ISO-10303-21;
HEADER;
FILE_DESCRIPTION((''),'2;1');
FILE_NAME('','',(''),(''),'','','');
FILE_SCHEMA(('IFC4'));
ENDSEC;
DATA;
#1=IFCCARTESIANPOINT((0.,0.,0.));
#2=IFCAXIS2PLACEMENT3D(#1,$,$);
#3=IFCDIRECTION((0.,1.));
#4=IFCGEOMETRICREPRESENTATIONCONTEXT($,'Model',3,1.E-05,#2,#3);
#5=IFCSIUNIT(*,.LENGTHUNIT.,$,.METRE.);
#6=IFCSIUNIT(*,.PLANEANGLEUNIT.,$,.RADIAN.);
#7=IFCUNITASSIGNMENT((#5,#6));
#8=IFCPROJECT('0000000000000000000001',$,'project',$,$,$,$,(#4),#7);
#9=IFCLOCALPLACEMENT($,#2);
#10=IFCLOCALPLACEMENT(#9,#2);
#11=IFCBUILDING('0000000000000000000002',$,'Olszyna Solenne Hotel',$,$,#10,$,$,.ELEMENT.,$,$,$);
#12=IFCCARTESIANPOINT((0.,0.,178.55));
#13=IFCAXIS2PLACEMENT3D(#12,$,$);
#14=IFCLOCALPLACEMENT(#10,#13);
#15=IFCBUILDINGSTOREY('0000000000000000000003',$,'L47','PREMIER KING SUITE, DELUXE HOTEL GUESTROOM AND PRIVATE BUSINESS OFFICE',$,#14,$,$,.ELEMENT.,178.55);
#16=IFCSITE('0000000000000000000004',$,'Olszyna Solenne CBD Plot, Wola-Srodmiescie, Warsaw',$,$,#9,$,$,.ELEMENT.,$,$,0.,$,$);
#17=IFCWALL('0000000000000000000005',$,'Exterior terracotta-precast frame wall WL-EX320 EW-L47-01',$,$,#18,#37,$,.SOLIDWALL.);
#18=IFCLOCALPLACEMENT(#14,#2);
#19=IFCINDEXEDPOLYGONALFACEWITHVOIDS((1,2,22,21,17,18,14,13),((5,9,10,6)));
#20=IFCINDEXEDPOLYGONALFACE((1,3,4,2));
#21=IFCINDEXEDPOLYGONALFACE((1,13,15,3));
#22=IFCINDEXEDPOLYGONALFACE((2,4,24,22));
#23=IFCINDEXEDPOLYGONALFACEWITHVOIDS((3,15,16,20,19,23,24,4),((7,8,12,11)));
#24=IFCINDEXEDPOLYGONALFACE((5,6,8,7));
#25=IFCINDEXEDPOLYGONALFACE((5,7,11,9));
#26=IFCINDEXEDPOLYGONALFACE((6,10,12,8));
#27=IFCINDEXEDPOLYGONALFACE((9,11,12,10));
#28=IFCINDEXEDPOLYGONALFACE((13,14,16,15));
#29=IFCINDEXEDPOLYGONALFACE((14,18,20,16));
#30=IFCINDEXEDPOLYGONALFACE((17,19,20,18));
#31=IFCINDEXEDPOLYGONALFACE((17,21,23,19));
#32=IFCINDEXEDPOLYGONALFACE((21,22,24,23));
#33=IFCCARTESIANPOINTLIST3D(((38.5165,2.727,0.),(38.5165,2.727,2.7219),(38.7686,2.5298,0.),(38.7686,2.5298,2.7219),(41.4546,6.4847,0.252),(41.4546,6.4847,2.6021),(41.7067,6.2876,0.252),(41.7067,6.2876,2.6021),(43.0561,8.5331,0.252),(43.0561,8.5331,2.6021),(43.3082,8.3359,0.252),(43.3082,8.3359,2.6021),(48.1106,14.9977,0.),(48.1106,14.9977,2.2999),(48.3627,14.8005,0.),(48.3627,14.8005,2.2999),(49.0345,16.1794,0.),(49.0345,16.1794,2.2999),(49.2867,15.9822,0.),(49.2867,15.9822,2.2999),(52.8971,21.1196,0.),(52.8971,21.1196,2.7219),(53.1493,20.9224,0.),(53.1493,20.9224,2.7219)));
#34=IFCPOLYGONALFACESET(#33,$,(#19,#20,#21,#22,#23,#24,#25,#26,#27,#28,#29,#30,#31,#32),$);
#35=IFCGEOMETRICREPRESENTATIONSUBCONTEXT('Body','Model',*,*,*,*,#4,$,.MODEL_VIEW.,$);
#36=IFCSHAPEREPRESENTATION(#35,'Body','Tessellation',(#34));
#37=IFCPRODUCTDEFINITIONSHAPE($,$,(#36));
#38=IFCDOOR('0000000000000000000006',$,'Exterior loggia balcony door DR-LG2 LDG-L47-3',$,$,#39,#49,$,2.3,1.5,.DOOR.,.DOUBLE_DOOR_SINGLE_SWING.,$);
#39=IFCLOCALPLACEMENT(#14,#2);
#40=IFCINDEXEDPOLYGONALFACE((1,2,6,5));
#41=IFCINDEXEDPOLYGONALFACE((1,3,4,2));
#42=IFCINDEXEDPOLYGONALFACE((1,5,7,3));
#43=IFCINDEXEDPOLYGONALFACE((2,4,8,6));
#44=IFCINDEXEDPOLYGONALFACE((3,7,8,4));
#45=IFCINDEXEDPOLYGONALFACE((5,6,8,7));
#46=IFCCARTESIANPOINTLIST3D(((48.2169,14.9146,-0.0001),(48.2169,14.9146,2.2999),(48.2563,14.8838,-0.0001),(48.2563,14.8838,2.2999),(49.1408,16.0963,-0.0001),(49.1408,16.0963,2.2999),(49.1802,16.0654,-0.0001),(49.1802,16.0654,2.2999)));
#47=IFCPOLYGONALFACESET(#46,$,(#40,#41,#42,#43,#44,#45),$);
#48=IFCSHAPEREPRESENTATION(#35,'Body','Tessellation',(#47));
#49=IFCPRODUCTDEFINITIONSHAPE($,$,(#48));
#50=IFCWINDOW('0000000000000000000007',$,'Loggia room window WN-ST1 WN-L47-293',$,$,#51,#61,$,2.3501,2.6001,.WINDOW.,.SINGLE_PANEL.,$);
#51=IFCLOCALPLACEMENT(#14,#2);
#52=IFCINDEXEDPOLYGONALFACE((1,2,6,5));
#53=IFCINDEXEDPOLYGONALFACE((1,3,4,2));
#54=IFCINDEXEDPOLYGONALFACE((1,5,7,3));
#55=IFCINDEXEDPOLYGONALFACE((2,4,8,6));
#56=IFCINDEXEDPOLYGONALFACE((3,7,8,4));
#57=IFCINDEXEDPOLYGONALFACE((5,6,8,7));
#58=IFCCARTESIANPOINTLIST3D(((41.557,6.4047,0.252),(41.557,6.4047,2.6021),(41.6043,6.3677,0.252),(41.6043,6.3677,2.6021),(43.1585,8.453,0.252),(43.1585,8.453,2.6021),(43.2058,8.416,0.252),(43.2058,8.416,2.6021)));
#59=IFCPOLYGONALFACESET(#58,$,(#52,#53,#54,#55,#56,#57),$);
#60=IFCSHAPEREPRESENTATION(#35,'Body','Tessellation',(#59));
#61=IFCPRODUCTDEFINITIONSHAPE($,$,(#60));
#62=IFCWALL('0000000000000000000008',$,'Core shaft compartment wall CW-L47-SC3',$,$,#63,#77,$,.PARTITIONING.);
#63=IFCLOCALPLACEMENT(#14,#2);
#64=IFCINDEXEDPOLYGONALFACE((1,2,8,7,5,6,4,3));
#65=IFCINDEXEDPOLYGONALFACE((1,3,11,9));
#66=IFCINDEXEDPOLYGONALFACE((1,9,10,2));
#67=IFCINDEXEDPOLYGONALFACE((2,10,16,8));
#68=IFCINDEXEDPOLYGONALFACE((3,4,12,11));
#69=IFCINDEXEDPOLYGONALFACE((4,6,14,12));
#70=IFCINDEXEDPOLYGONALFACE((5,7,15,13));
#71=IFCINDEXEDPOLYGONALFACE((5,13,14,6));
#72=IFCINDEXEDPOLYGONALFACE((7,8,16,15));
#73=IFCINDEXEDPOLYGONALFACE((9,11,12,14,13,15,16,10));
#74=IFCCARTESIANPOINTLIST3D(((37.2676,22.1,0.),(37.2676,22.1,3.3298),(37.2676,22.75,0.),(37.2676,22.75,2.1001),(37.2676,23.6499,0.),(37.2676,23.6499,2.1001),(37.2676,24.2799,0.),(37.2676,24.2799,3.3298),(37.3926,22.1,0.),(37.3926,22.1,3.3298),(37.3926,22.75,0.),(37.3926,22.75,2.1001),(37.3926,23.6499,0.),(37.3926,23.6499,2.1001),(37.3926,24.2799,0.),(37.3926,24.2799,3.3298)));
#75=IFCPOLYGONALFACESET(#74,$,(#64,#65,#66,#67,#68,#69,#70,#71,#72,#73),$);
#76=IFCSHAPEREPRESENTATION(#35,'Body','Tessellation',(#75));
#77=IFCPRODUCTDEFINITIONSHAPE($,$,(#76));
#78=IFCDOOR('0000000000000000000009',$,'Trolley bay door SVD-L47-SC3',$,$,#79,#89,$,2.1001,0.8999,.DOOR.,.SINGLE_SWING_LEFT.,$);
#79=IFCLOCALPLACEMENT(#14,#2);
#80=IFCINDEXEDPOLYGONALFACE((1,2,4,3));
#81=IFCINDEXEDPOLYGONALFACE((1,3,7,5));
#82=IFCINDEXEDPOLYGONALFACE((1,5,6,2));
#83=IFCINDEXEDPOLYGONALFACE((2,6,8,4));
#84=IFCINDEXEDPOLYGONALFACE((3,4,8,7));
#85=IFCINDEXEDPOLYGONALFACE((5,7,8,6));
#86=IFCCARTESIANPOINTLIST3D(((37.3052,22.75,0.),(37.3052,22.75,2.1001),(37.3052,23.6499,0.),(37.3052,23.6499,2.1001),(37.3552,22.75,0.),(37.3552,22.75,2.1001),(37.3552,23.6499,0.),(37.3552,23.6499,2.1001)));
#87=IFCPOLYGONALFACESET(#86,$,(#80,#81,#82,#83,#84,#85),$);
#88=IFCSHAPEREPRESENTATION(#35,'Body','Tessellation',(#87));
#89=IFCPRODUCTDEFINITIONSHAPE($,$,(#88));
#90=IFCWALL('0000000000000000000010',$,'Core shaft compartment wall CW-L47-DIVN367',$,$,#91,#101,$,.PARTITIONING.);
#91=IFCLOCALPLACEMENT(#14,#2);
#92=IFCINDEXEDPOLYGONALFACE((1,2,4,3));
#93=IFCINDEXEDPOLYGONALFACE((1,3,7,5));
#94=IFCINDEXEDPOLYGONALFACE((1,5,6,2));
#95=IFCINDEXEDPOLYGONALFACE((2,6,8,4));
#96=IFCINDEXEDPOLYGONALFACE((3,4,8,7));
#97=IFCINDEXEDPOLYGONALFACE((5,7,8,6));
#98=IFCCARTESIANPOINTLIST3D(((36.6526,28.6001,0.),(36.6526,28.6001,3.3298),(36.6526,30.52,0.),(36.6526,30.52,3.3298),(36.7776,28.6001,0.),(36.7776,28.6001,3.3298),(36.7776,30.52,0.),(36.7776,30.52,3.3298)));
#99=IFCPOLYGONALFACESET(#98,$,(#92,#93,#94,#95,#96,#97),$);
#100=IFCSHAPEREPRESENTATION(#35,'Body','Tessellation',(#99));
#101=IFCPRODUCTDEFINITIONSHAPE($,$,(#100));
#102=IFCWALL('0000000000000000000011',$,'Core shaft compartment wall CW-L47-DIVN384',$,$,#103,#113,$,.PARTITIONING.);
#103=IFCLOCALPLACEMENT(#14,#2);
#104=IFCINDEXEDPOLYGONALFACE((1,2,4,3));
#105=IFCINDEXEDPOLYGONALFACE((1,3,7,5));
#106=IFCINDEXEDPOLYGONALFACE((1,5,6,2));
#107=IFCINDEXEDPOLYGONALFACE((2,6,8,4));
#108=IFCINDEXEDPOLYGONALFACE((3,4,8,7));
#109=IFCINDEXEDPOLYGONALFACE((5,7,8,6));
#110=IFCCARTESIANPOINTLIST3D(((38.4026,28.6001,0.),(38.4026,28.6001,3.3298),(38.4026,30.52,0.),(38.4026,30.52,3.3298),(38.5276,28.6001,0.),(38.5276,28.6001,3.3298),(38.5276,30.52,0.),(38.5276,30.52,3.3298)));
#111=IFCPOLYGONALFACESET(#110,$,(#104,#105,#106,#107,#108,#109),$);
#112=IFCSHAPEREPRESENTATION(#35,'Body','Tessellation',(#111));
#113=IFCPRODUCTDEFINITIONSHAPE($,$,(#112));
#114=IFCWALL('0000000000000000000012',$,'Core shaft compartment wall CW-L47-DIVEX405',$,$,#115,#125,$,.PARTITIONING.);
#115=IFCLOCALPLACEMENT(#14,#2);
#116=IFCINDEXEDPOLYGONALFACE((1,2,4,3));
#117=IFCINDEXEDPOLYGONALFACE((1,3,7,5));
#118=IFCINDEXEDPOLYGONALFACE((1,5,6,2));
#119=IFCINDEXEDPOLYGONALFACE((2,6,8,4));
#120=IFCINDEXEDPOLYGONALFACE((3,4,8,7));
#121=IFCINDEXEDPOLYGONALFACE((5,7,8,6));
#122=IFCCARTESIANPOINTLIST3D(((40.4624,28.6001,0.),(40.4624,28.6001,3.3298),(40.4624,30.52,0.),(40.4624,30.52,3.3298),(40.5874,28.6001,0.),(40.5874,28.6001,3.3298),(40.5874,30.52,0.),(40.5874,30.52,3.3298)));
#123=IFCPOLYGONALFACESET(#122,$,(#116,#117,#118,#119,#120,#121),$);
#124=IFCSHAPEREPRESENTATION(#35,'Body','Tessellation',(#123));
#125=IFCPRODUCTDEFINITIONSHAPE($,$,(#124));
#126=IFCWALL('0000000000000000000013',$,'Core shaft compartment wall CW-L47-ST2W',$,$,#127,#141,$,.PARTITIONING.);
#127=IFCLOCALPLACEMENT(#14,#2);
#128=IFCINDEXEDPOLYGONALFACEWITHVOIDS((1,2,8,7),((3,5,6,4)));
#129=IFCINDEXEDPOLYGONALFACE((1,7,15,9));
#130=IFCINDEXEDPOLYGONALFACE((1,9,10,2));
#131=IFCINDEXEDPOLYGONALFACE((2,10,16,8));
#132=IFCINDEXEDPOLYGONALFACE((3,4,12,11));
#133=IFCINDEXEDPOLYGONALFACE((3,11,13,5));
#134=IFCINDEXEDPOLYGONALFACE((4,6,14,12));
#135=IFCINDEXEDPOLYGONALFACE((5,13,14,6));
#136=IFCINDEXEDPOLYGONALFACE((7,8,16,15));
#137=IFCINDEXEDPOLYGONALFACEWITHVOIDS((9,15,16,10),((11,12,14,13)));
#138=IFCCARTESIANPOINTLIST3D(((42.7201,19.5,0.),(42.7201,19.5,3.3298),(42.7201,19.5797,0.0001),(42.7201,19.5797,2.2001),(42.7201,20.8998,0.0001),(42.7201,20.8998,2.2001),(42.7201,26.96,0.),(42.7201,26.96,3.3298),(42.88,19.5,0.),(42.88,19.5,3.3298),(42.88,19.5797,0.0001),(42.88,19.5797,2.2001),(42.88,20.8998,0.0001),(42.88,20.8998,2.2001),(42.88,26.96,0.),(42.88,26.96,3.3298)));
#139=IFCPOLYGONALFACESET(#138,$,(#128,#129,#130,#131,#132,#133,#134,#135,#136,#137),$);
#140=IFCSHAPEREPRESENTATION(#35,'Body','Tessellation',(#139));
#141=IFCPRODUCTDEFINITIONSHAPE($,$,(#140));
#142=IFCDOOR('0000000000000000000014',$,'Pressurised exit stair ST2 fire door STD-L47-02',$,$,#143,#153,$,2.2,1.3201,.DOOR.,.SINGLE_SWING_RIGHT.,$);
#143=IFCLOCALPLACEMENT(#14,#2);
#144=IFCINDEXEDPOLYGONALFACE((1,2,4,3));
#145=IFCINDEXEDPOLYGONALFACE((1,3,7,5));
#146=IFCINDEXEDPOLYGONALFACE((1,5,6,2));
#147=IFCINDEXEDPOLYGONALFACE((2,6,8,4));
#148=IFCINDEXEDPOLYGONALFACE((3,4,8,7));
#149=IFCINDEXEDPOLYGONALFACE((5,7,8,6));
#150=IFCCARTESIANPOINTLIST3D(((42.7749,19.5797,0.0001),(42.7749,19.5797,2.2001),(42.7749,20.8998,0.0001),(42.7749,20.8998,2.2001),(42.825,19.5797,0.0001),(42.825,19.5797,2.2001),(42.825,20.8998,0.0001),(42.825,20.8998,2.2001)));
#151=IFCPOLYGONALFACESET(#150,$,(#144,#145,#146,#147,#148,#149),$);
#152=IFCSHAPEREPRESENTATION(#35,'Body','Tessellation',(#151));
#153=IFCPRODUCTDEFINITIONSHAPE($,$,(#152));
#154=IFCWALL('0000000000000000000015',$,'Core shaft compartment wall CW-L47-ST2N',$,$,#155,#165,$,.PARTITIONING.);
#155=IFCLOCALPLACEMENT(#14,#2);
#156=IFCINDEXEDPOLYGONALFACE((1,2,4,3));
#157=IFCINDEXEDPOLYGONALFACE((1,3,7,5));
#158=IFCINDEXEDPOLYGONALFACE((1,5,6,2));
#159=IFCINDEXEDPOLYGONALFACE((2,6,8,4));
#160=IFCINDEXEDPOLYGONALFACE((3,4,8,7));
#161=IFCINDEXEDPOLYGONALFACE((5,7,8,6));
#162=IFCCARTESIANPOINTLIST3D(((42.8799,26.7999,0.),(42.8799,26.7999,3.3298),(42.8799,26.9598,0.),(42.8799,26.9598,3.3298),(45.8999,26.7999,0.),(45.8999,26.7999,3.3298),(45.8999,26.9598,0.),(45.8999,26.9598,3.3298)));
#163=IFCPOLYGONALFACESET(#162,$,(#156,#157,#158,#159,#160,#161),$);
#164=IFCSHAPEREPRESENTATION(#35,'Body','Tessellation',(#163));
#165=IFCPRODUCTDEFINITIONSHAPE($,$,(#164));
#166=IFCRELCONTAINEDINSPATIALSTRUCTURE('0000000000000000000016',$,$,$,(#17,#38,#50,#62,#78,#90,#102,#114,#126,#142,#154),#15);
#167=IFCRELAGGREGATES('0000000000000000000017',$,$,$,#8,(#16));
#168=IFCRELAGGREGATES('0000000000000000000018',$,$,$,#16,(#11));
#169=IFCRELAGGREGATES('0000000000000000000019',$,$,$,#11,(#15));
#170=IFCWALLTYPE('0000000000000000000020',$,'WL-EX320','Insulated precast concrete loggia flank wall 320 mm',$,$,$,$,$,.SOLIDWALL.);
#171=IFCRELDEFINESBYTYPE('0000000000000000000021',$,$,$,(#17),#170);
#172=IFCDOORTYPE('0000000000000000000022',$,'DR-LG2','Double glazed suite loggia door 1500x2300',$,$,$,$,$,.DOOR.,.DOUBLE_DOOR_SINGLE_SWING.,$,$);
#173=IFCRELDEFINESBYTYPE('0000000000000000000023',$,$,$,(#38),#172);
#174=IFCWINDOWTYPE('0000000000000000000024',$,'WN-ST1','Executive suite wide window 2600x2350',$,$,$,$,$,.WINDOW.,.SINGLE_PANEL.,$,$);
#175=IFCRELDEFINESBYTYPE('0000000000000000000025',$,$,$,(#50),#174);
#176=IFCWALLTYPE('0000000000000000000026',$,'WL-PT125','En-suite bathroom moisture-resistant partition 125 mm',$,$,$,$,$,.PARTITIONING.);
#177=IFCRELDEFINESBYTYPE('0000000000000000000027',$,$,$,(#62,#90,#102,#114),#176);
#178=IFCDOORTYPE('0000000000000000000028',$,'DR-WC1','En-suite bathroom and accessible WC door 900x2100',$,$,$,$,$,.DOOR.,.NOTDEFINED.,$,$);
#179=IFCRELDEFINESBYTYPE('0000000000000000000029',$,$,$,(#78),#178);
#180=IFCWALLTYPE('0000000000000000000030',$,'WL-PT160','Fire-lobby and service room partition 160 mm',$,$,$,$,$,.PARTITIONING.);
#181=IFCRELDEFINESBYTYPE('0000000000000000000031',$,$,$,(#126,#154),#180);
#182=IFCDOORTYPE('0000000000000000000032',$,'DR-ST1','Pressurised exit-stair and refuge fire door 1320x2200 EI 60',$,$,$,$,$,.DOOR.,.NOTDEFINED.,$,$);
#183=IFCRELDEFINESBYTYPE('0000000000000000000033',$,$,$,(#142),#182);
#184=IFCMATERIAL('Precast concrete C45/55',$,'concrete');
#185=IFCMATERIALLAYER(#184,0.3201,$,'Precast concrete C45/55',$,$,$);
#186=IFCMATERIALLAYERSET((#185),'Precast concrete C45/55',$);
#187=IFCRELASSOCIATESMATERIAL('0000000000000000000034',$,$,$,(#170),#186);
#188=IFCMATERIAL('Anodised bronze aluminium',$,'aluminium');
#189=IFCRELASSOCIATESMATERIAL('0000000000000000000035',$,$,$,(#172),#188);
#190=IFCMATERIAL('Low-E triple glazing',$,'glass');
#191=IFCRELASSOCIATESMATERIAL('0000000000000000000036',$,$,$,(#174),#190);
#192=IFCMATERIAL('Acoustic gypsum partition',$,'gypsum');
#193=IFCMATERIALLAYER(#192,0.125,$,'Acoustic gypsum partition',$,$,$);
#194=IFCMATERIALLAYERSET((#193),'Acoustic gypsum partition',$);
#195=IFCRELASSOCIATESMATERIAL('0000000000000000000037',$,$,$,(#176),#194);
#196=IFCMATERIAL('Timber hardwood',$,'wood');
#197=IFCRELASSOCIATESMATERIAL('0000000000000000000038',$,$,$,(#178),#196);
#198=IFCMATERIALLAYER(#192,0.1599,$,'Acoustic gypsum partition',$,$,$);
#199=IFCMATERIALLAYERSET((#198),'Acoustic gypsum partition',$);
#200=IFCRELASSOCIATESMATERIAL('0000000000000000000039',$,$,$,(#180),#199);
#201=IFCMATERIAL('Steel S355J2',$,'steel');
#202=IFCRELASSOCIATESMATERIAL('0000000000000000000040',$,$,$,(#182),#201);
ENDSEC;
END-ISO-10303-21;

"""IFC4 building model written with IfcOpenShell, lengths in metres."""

from ifc_helpers import new_model, si_unit, direction, frame, frame_2d, origin, place, context, subcontext, project, spatial, rectangle, extrude, source, transform, mapped, material, layer, layer_set, type_object, type_shapes, element, fill, save


model = new_model("IFC4")

# Units and contexts
model_context = context("Model", 3, precision=1e-05, world=origin(), true_north=direction((0.0, 1.0)))
body_context = subcontext(model_context, "Body", "Model", "MODEL_VIEW")
ifc_project = project(units=[si_unit("LENGTHUNIT", "METRE"), si_unit("PLANEANGLEUNIT", "RADIAN")], contexts=[model_context])

# Site, building, storey
site_placement = place(None, origin())
site = spatial("IfcSite", under=ifc_project, at=site_placement, Name="Olszyna Solenne CBD Plot, Wola-Srodmiescie, Warsaw", CompositionType="ELEMENT", RefElevation=0.0)
building_placement = place(site_placement, origin())
building = spatial("IfcBuilding", under=site, at=building_placement, Name="Olszyna Solenne Hotel", CompositionType="ELEMENT")
storey_placement = place(building_placement, frame((0.0, 0.0, 178.55)))
storey = spatial("IfcBuildingStorey", under=building, at=storey_placement, Name="L47", Description="PREMIER KING SUITE, DELUXE HOTEL GUESTROOM AND PRIVATE BUSINESS OFFICE", CompositionType="ELEMENT", Elevation=178.55)

# Shared definitions
ifc_material_1 = material(Name="Steel S355J2", Category="steel")

# Wall, openings, door, window
ifc_material_2 = material(Name="Precast concrete C45/55", Category="concrete")
ifc_layer_1 = layer(ifc_material_2, 0.3201, Name="Precast concrete C45/55")
ifc_layer_set_1 = layer_set([ifc_layer_1], Name="Precast concrete C45/55")
wall_type_1 = type_object("IfcWallType", Name="WL-EX320", Description="Insulated precast concrete loggia flank wall 320 mm", PredefinedType="SOLIDWALL", material=ifc_layer_set_1)
wall_1_placement = place(storey_placement, frame((53.0232, 21.021, 0.0), z_axis=(0.0, 0.0, 1.0), x_axis=(-0.615948, -0.787787, 0.0)))
wall_1 = element("IfcWall", 1, at=wall_1_placement, inside=storey, type_object=wall_type_1, Name="Exterior terracotta-precast frame wall WL-EX320 EW-L47-01", PredefinedType="SOLIDWALL", context=body_context, shape_type="SweptSolid", body=[
    extrude(rectangle(XDim=23.3472, YDim=0.3201, at=frame_2d((11.6736, 0.0))), origin(), (0.0, 0.0, 1.0), 2.7219),
])
opening_1_placement = place(wall_1_placement, frame((6.271, 0.0, 0.0)))
opening_1 = element("IfcOpeningElement", 2, at=opening_1_placement, cuts=wall_1, PredefinedType="OPENING", context=body_context, shape_type="SweptSolid", body=[
    extrude(rectangle(XDim=1.5, YDim=2.3, at=frame_2d((0.75, 1.1499))), frame((0.0, 0.1699, 0.0), z_axis=(0.0, -1.0, 0.0), x_axis=(1.0, 0.0, 0.0)), (0.0, 0.0, 1.0), 0.3401),
])
opening_2_placement = place(wall_1_placement, frame((15.9771, 0.0, 0.252)))
opening_2 = element("IfcOpeningElement", 3, at=opening_2_placement, cuts=wall_1, PredefinedType="OPENING", context=body_context, shape_type="SweptSolid", body=[
    extrude(rectangle(XDim=2.6001, YDim=2.3501, at=frame_2d((1.3, 1.175))), frame((0.0, 0.1699, 0.0), z_axis=(0.0, -1.0, 0.0), x_axis=(1.0, 0.0, 0.0)), (0.0, 0.0, 1.0), 0.3401),
])
ifc_material_3 = material(Name="Anodised bronze aluminium", Category="aluminium")
door_type_1 = type_object("IfcDoorType", Name="DR-LG2", Description="Double glazed suite loggia door 1500x2300", OperationType="DOUBLE_DOOR_SINGLE_SWING", PredefinedType="DOOR", material=ifc_material_3)
shared_shape_1 = source(origin(), body_context, "Body", "SweptSolid", [
    extrude(rectangle(XDim=1.5, YDim=2.3, at=frame_2d((0.75, 1.1499))), frame((0.0, 0.0249, 0.0), z_axis=(0.0, -1.0, 0.0), x_axis=(1.0, 0.0, 0.0)), (0.0, 0.0, 1.0), 0.05),
])
type_shapes(door_type_1, [shared_shape_1])
door_1_placement = place(opening_1_placement, origin())
door_1 = element("IfcDoor", 4, at=door_1_placement, inside=storey, type_object=door_type_1, Name="Exterior loggia balcony door DR-LG2 LDG-L47-3", OperationType="DOUBLE_DOOR_SINGLE_SWING", OverallHeight=2.3, OverallWidth=1.5, PredefinedType="DOOR", context=body_context, shape_type="MappedRepresentation", body=[
    mapped(shared_shape_1, transform((0.0, 0.0, 0.0), x_axis=(1.0, 0.0, 0.0), y_axis=(0.0, 1.0, 0.0), z_axis=(0.0, 0.0, 1.0), scale=1.0)),
])
fill(opening_1, door_1)
ifc_material_4 = material(Name="Low-E triple glazing", Category="glass")
window_type = type_object("IfcWindowType", Name="WN-ST1", Description="Executive suite wide window 2600x2350", PartitioningType="SINGLE_PANEL", PredefinedType="WINDOW", material=ifc_material_4)
shared_shape_2 = source(origin(), body_context, "Body", "SweptSolid", [
    extrude(rectangle(XDim=2.6001, YDim=2.3501, at=frame_2d((1.3, 1.175))), frame((0.0, 0.03, 0.0), z_axis=(0.0, -1.0, 0.0), x_axis=(1.0, 0.0, 0.0)), (0.0, 0.0, 1.0), 0.0601),
])
type_shapes(window_type, [shared_shape_2])
window_placement = place(opening_2_placement, origin())
window = element("IfcWindow", 5, at=window_placement, inside=storey, type_object=window_type, Name="Loggia room window WN-ST1 WN-L47-293", OverallHeight=2.3501, OverallWidth=2.6001, PartitioningType="SINGLE_PANEL", PredefinedType="WINDOW", context=body_context, shape_type="MappedRepresentation", body=[
    mapped(shared_shape_2, transform((0.0, 0.0, 0.0), x_axis=(1.0, 0.0, 0.0), y_axis=(0.0, 1.0, 0.0), z_axis=(0.0, 0.0, 1.0), scale=1.0)),
])
fill(opening_2, window)

# Wall, opening, door
ifc_material_5 = material(Name="Acoustic gypsum partition", Category="gypsum")
ifc_layer_2 = layer(ifc_material_5, 0.125, Name="Acoustic gypsum partition")
ifc_layer_set_2 = layer_set([ifc_layer_2], Name="Acoustic gypsum partition")
wall_type_2 = type_object("IfcWallType", Name="WL-PT125", Description="En-suite bathroom moisture-resistant partition 125 mm", PredefinedType="PARTITIONING", material=ifc_layer_set_2)
wall_2_placement = place(storey_placement, frame((37.3301, 22.1001, 0.0), z_axis=(0.0, 0.0, 1.0), x_axis=(0.0, 1.0, 0.0)))
wall_2 = element("IfcWall", 6, at=wall_2_placement, inside=storey, type_object=wall_type_2, Name="Core shaft compartment wall CW-L47-SC3", PredefinedType="PARTITIONING", context=body_context, shape_type="SweptSolid", body=[
    extrude(rectangle(XDim=2.1799, YDim=0.125, at=frame_2d((1.0898, 0.0))), origin(), (0.0, 0.0, 1.0), 3.3298),
])
opening_3_placement = place(wall_2_placement, frame((0.6499, 0.0, 0.0)))
opening_3 = element("IfcOpeningElement", 7, at=opening_3_placement, cuts=wall_2, PredefinedType="OPENING", context=body_context, shape_type="SweptSolid", body=[
    extrude(rectangle(XDim=0.8999, YDim=2.1001, at=frame_2d((0.45, 1.05))), frame((0.0, 0.0725, 0.0), z_axis=(0.0, -1.0, 0.0), x_axis=(1.0, 0.0, 0.0)), (0.0, 0.0, 1.0), 0.145),
])
ifc_material_6 = material(Name="Timber hardwood", Category="wood")
door_type_2 = type_object("IfcDoorType", Name="DR-WC1", Description="En-suite bathroom and accessible WC door 900x2100", OperationType="NOTDEFINED", PredefinedType="DOOR", material=ifc_material_6)
shared_shape_3 = source(origin(), body_context, "Body", "SweptSolid", [
    extrude(rectangle(XDim=0.8999, YDim=2.1001, at=frame_2d((0.45, 1.05))), frame((0.0, 0.0249, 0.0), z_axis=(0.0, -1.0, 0.0), x_axis=(1.0, 0.0, 0.0)), (0.0, 0.0, 1.0), 0.05),
])
type_shapes(door_type_2, [shared_shape_3])
door_2_placement = place(opening_3_placement, origin())
door_2 = element("IfcDoor", 8, at=door_2_placement, inside=storey, type_object=door_type_2, Name="Trolley bay door SVD-L47-SC3", OperationType="SINGLE_SWING_LEFT", OverallHeight=2.1001, OverallWidth=0.8999, PredefinedType="DOOR", context=body_context, shape_type="MappedRepresentation", body=[
    mapped(shared_shape_3, transform((0.0, 0.0, 0.0), x_axis=(1.0, 0.0, 0.0), y_axis=(0.0, 1.0, 0.0), z_axis=(0.0, 0.0, 1.0), scale=1.0)),
])
fill(opening_3, door_2)

# Walls
for number, where, z_axis, x_axis, name in (
    (9, (36.7151, 28.6001, 0.0), (0.0, 0.0, 1.0), (0.0, 1.0, 0.0), "Core shaft compartment wall CW-L47-DIVN367"),
    (10, (38.4651, 28.6001, 0.0), (0.0, 0.0, 1.0), (0.0, 1.0, 0.0), "Core shaft compartment wall CW-L47-DIVN384"),
    (11, (40.5249, 28.6001, 0.0), (0.0, 0.0, 1.0), (0.0, 1.0, 0.0), "Core shaft compartment wall CW-L47-DIVEX405"),
):
    element("IfcWall", number, at=place(storey_placement, frame(where, z_axis=z_axis, x_axis=x_axis)), inside=storey, type_object=wall_type_2, Name=name, PredefinedType="PARTITIONING", context=body_context, shape_type="SweptSolid", body=[
        extrude(rectangle(XDim=1.9199, YDim=0.125, at=frame_2d((0.96, 0.0))), origin(), (0.0, 0.0, 1.0), 3.3298),
    ])

# Wall, opening, door
ifc_layer_3 = layer(ifc_material_5, 0.1599, Name="Acoustic gypsum partition")
ifc_layer_set_3 = layer_set([ifc_layer_3], Name="Acoustic gypsum partition")
wall_type_3 = type_object("IfcWallType", Name="WL-PT160", Description="Fire-lobby and service room partition 160 mm", PredefinedType="PARTITIONING", material=ifc_layer_set_3)
wall_3_placement = place(storey_placement, frame((42.8, 26.96, 0.0), z_axis=(0.0, 0.0, 1.0), x_axis=(0.0, -1.0, 0.0)))
wall_3 = element("IfcWall", 12, at=wall_3_placement, inside=storey, type_object=wall_type_3, Name="Core shaft compartment wall CW-L47-ST2W", PredefinedType="PARTITIONING", context=body_context, shape_type="SweptSolid", body=[
    extrude(rectangle(XDim=7.46, YDim=0.1599, at=frame_2d((3.73, 0.0))), origin(), (0.0, 0.0, 1.0), 3.3298),
])
opening_4_placement = place(wall_3_placement, frame((6.0601, 0.0, 0.0)))
opening_4 = element("IfcOpeningElement", 13, at=opening_4_placement, cuts=wall_3, PredefinedType="OPENING", context=body_context, shape_type="SweptSolid", body=[
    extrude(rectangle(XDim=1.3201, YDim=2.2, at=frame_2d((0.6602, 1.1001))), frame((0.0, 0.0898, 0.0), z_axis=(0.0, -1.0, 0.0), x_axis=(1.0, 0.0, 0.0)), (0.0, 0.0, 1.0), 0.1799),
])
door_type_3 = type_object("IfcDoorType", Name="DR-ST1", Description="Pressurised exit-stair and refuge fire door 1320x2200 EI 60", OperationType="NOTDEFINED", PredefinedType="DOOR", material=ifc_material_1)
shared_shape_4 = source(origin(), body_context, "Body", "SweptSolid", [
    extrude(rectangle(XDim=1.3201, YDim=2.2, at=frame_2d((0.6602, 1.1001))), frame((0.0, 0.0249, 0.0), z_axis=(0.0, -1.0, 0.0), x_axis=(1.0, 0.0, 0.0)), (0.0, 0.0, 1.0), 0.05),
])
type_shapes(door_type_3, [shared_shape_4])
door_3_placement = place(opening_4_placement, origin())
door_3 = element("IfcDoor", 14, at=door_3_placement, inside=storey, type_object=door_type_3, Name="Pressurised exit stair ST2 fire door STD-L47-02", OperationType="SINGLE_SWING_RIGHT", OverallHeight=2.2, OverallWidth=1.3201, PredefinedType="DOOR", context=body_context, shape_type="MappedRepresentation", body=[
    mapped(shared_shape_4, transform((0.0, 0.0, 0.0), x_axis=(1.0, 0.0, 0.0), y_axis=(0.0, 1.0, 0.0), z_axis=(0.0, 0.0, 1.0), scale=1.0)),
])
fill(opening_4, door_3)

# Wall
wall_4_placement = place(storey_placement, frame((42.8799, 26.8799, 0.0), z_axis=(0.0, 0.0, 1.0), x_axis=(1.0, 0.0, 0.0)))
element("IfcWall", 15, at=wall_4_placement, inside=storey, type_object=wall_type_3, Name="Core shaft compartment wall CW-L47-ST2N", PredefinedType="PARTITIONING", context=body_context, shape_type="SweptSolid", body=[
    extrude(rectangle(XDim=3.02, YDim=0.1599, at=frame_2d((1.51, 0.0))), origin(), (0.0, 0.0, 1.0), 3.3298),
])

save(model, "model.ifc")
